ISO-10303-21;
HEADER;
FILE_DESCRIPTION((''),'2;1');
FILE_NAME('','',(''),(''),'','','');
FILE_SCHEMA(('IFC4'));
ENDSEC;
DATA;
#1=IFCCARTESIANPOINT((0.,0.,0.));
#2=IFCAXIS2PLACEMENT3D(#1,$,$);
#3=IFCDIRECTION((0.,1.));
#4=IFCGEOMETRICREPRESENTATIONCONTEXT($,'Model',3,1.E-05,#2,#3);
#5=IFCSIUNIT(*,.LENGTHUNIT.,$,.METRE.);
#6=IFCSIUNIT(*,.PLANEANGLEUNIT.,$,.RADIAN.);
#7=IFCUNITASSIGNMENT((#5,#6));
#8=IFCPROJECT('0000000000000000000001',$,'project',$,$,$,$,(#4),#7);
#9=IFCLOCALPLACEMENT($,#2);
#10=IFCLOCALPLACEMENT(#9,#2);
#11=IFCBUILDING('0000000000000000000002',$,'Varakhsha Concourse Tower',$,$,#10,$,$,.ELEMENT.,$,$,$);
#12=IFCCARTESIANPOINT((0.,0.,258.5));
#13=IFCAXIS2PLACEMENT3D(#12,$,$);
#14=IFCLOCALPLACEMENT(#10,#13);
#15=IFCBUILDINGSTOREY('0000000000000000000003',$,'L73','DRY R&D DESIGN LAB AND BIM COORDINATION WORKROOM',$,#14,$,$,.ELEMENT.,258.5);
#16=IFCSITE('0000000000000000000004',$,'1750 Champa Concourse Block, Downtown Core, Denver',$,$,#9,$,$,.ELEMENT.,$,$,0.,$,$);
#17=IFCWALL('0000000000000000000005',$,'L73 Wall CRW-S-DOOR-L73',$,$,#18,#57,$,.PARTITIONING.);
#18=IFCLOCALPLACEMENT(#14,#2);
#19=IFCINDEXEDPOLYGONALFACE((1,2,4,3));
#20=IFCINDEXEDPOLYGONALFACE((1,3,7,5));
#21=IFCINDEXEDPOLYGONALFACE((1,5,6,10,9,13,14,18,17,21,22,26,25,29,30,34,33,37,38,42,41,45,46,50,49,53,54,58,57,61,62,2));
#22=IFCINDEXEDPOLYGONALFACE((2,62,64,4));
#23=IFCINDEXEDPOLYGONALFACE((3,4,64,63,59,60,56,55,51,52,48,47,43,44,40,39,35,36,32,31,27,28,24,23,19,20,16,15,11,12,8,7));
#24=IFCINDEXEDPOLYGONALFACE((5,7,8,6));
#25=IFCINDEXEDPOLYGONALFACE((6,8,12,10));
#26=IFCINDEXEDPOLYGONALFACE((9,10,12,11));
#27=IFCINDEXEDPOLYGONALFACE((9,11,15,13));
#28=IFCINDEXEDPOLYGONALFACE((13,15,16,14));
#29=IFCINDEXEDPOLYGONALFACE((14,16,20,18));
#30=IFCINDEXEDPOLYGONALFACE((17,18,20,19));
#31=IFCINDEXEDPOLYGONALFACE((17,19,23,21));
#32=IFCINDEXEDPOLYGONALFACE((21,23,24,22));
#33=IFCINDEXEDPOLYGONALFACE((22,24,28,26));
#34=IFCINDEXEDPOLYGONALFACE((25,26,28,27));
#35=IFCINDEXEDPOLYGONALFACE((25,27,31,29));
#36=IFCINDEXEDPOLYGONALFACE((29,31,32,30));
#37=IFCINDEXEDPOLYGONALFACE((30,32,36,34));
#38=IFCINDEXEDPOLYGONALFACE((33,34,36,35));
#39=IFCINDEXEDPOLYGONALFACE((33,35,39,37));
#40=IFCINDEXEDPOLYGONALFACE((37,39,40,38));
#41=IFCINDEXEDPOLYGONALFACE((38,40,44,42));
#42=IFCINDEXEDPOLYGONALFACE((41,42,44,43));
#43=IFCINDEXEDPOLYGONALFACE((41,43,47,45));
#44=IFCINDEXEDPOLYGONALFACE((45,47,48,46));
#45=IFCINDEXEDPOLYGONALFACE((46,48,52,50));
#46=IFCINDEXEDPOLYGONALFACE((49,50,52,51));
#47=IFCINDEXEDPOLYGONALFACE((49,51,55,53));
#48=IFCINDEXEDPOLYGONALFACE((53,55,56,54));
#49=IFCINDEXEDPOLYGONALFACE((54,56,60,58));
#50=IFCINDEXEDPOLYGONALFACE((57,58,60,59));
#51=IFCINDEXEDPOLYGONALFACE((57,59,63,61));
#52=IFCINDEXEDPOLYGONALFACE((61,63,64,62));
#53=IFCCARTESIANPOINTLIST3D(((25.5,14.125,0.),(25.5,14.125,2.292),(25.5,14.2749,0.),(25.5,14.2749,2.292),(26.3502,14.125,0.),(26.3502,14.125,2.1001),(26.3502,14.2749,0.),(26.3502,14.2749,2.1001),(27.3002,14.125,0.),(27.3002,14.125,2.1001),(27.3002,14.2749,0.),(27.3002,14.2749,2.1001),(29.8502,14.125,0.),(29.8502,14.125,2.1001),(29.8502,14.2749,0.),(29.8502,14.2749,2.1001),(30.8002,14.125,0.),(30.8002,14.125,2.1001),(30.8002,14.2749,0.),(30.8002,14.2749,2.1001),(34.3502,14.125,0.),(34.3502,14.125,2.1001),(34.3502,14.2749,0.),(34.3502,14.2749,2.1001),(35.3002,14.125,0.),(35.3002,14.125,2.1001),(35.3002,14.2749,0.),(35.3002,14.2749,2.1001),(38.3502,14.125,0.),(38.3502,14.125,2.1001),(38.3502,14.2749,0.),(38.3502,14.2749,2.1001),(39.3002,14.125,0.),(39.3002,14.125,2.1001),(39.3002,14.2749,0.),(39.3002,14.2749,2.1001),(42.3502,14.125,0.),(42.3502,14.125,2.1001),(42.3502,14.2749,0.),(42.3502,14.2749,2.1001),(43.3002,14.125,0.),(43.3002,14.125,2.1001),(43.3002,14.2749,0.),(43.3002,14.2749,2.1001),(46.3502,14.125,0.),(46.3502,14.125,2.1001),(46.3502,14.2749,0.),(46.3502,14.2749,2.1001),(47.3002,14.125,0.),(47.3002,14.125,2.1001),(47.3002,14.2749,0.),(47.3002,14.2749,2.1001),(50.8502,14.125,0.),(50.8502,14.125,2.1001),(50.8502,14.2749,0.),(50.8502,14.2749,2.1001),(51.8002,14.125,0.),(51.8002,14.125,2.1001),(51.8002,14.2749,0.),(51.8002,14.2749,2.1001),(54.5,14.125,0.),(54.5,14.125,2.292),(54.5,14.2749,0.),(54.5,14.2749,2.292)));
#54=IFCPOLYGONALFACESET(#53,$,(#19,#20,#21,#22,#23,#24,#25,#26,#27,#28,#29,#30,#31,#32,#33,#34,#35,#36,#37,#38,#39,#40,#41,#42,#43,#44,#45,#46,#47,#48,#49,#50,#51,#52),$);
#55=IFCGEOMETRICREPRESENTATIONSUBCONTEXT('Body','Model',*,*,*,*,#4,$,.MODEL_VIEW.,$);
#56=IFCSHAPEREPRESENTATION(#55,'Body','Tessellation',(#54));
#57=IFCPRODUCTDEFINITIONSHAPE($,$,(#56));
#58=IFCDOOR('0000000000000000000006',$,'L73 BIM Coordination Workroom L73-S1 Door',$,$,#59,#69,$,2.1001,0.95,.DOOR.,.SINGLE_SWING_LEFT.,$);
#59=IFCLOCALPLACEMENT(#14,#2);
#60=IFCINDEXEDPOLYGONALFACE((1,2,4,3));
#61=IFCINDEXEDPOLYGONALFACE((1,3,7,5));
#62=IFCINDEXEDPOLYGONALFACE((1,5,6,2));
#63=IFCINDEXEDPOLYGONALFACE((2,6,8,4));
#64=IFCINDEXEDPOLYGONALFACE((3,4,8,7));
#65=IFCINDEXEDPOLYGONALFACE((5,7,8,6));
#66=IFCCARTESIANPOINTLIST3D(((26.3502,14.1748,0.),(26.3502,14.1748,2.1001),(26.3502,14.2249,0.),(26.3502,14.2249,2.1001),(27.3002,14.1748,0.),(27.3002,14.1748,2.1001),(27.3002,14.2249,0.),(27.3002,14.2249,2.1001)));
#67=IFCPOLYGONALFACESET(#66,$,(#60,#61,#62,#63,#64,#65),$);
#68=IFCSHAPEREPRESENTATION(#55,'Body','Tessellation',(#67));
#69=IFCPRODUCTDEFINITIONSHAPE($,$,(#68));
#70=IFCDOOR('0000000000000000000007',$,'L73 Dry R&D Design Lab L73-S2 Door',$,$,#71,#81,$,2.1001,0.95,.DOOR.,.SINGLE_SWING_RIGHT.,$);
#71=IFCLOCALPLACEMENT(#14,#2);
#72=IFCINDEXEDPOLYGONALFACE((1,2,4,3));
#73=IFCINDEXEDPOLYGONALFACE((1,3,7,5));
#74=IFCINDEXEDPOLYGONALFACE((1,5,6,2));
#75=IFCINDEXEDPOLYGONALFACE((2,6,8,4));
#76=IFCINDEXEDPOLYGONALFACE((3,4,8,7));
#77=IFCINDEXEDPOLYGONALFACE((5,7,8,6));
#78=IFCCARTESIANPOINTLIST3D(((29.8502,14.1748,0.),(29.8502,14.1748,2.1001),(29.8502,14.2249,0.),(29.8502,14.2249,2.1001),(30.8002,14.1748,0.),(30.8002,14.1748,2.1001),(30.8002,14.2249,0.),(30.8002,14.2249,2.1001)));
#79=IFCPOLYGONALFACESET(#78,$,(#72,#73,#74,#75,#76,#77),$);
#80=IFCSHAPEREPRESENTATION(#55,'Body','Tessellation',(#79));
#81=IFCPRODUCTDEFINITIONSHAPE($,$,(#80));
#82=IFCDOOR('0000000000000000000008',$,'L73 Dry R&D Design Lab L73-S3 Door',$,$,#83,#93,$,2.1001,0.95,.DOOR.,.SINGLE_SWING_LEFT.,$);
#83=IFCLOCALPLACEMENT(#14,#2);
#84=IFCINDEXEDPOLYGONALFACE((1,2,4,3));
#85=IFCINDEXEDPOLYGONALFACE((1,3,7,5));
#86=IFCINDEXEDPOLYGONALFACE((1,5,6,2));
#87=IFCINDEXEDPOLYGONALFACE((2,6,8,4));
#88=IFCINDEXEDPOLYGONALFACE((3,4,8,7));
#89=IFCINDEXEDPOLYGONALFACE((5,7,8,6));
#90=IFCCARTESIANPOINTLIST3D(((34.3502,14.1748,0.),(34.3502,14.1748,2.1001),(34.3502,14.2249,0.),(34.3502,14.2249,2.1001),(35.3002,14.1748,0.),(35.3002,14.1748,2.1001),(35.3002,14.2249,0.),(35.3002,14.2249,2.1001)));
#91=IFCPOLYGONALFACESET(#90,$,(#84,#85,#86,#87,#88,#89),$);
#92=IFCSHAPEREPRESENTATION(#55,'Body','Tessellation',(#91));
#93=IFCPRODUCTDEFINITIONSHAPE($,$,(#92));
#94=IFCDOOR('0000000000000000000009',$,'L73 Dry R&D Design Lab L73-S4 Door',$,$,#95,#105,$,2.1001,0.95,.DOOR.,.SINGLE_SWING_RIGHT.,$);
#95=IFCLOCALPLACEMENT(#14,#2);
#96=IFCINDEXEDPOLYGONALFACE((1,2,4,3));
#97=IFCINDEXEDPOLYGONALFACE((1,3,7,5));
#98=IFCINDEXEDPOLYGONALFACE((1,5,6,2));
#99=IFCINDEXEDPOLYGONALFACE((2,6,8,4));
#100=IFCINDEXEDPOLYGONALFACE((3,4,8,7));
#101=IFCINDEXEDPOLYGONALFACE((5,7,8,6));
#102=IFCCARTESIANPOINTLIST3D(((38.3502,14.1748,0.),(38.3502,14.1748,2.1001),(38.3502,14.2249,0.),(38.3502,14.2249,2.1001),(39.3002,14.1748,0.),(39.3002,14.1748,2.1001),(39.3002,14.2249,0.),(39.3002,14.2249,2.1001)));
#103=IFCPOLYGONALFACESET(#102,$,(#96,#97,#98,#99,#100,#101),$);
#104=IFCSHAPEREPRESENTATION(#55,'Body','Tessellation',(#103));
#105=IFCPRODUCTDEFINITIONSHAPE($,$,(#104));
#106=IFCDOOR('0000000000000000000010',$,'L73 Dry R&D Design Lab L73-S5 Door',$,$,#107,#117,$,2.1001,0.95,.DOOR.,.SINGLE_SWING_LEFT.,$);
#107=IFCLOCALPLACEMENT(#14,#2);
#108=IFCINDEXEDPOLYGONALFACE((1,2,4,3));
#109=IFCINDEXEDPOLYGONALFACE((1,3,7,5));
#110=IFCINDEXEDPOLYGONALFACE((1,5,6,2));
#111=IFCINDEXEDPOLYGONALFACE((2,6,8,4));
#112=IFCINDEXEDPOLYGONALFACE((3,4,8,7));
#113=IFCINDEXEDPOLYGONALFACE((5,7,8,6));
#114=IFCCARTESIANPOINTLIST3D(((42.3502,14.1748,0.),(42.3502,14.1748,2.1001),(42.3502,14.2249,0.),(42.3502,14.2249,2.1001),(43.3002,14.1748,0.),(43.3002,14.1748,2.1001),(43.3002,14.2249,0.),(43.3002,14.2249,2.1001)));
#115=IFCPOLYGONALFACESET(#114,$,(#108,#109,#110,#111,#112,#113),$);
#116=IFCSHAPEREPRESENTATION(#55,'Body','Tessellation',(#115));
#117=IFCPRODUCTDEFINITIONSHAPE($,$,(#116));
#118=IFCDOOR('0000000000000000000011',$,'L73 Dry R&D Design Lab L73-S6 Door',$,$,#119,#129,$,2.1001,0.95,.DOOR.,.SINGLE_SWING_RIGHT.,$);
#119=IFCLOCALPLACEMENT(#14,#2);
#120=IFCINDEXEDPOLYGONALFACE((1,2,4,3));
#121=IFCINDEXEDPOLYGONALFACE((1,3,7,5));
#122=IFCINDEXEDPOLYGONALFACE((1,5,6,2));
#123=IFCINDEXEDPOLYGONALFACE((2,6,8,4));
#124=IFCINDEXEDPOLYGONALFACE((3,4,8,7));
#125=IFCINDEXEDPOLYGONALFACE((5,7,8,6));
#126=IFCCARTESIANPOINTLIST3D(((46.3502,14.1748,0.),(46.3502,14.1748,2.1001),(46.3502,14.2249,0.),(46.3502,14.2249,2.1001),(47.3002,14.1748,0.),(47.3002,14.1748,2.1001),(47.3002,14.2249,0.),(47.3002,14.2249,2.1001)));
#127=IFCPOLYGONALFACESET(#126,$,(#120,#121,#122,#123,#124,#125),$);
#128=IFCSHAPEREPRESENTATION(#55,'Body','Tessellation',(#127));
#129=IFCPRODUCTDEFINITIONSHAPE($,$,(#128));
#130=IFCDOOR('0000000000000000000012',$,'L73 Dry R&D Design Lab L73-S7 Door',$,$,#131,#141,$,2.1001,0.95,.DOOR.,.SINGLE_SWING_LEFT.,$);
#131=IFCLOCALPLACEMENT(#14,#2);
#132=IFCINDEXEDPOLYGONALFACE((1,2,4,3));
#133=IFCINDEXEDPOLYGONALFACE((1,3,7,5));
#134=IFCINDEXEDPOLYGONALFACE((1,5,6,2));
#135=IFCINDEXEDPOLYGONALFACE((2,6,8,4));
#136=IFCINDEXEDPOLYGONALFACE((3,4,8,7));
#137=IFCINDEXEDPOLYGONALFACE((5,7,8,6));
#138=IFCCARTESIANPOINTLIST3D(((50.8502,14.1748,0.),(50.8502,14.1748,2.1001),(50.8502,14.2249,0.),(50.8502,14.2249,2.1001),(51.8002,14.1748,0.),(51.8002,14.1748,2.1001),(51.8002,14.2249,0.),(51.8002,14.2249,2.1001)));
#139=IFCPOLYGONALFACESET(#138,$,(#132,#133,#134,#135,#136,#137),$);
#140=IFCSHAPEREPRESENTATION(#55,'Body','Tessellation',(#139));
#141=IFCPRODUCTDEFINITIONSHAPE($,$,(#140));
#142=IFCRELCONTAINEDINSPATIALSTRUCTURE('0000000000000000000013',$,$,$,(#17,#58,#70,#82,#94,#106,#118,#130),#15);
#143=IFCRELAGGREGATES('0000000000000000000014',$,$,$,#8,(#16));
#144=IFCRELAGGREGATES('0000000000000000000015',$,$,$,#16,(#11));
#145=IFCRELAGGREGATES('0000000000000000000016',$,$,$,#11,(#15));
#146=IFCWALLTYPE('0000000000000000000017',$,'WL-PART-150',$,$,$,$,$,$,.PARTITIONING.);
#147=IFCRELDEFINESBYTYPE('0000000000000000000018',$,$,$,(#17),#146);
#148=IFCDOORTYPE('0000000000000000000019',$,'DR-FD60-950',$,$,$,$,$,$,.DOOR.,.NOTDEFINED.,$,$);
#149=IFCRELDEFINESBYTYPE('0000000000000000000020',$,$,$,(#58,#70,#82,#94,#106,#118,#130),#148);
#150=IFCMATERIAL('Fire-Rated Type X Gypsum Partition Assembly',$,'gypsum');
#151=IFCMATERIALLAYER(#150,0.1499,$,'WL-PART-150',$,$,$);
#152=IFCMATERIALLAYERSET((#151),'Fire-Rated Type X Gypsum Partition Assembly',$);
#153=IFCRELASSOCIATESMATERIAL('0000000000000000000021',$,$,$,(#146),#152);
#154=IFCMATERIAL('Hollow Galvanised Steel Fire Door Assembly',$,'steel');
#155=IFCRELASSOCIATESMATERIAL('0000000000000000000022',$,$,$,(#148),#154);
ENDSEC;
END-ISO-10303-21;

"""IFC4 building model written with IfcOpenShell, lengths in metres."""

from ifc_helpers import new_model, si_unit, direction, frame, frame_2d, origin, place, context, subcontext, project, spatial, rectangle, extrude, material, layer, layer_set, type_object, element, fill, save


model = new_model("IFC4")

# Units and contexts
model_context = context("Model", 3, precision=1e-05, world=origin(), true_north=direction((0.0, 1.0)))
body_context = subcontext(model_context, "Body", "Model", "MODEL_VIEW")
ifc_project = project(units=[si_unit("LENGTHUNIT", "METRE"), si_unit("PLANEANGLEUNIT", "RADIAN")], contexts=[model_context])

# Site, building, storey
site_placement = place(None, origin())
site = spatial("IfcSite", under=ifc_project, at=site_placement, Name="1750 Champa Concourse Block, Downtown Core, Denver", CompositionType="ELEMENT", RefElevation=0.0)
building_placement = place(site_placement, origin())
building = spatial("IfcBuilding", under=site, at=building_placement, Name="Varakhsha Concourse Tower", CompositionType="ELEMENT")
storey_placement = place(building_placement, frame((0.0, 0.0, 258.5)))
storey = spatial("IfcBuildingStorey", under=building, at=storey_placement, Name="L73", Description="DRY R&D DESIGN LAB AND BIM COORDINATION WORKROOM", CompositionType="ELEMENT", Elevation=258.5)

# Wall, openings, doors
ifc_material_1 = material(Name="Fire-Rated Type X Gypsum Partition Assembly", Category="gypsum")
ifc_layer = layer(ifc_material_1, 0.1499, Name="WL-PART-150")
ifc_layer_set = layer_set([ifc_layer], Name="Fire-Rated Type X Gypsum Partition Assembly")
wall_type = type_object("IfcWallType", Name="WL-PART-150", PredefinedType="PARTITIONING", material=ifc_layer_set)
wall_placement = place(storey_placement, frame((25.5, 14.2, 0.0), z_axis=(0.0, 0.0, 1.0), x_axis=(1.0, 0.0, 0.0)))
wall = element("IfcWall", 1, at=wall_placement, inside=storey, type_object=wall_type, Name="L73 Wall CRW-S-DOOR-L73", PredefinedType="PARTITIONING", context=body_context, shape_type="SweptSolid", body=[
    extrude(rectangle(XDim=29.0, YDim=0.1499, at=frame_2d((14.5, 0.0))), origin(), (0.0, 0.0, 1.0), 2.292),
])
opening_1_placement = place(wall_placement, frame((0.8501, 0.0, 0.0)))
opening_1 = element("IfcOpeningElement", 2, at=opening_1_placement, cuts=wall, PredefinedType="OPENING", context=body_context, shape_type="SweptSolid", body=[
    extrude(rectangle(XDim=0.95, YDim=2.1001, at=frame_2d((0.4751, 1.05))), frame((0.0, 0.085, 0.0), z_axis=(0.0, -1.0, 0.0), x_axis=(1.0, 0.0, 0.0)), (0.0, 0.0, 1.0), 0.1699),
])
opening_2_placement = place(wall_placement, frame((4.3501, 0.0, 0.0)))
opening_2 = element("IfcOpeningElement", 3, at=opening_2_placement, cuts=wall, PredefinedType="OPENING", context=body_context, shape_type="SweptSolid", body=[
    extrude(rectangle(XDim=0.95, YDim=2.1001, at=frame_2d((0.4751, 1.05))), frame((0.0, 0.085, 0.0), z_axis=(0.0, -1.0, 0.0), x_axis=(1.0, 0.0, 0.0)), (0.0, 0.0, 1.0), 0.1699),
])
opening_3_placement = place(wall_placement, frame((8.8501, 0.0, 0.0)))
opening_3 = element("IfcOpeningElement", 4, at=opening_3_placement, cuts=wall, PredefinedType="OPENING", context=body_context, shape_type="SweptSolid", body=[
    extrude(rectangle(XDim=0.95, YDim=2.1001, at=frame_2d((0.4751, 1.05))), frame((0.0, 0.085, 0.0), z_axis=(0.0, -1.0, 0.0), x_axis=(1.0, 0.0, 0.0)), (0.0, 0.0, 1.0), 0.1699),
])
opening_4_placement = place(wall_placement, frame((12.8501, 0.0, 0.0)))
opening_4 = element("IfcOpeningElement", 5, at=opening_4_placement, cuts=wall, PredefinedType="OPENING", context=body_context, shape_type="SweptSolid", body=[
    extrude(rectangle(XDim=0.95, YDim=2.1001, at=frame_2d((0.4751, 1.05))), frame((0.0, 0.085, 0.0), z_axis=(0.0, -1.0, 0.0), x_axis=(1.0, 0.0, 0.0)), (0.0, 0.0, 1.0), 0.1699),
])
opening_5_placement = place(wall_placement, frame((16.8501, 0.0, 0.0)))
opening_5 = element("IfcOpeningElement", 6, at=opening_5_placement, cuts=wall, PredefinedType="OPENING", context=body_context, shape_type="SweptSolid", body=[
    extrude(rectangle(XDim=0.95, YDim=2.1001, at=frame_2d((0.4751, 1.05))), frame((0.0, 0.085, 0.0), z_axis=(0.0, -1.0, 0.0), x_axis=(1.0, 0.0, 0.0)), (0.0, 0.0, 1.0), 0.1699),
])
opening_6_placement = place(wall_placement, frame((20.8501, 0.0, 0.0)))
opening_6 = element("IfcOpeningElement", 7, at=opening_6_placement, cuts=wall, PredefinedType="OPENING", context=body_context, shape_type="SweptSolid", body=[
    extrude(rectangle(XDim=0.95, YDim=2.1001, at=frame_2d((0.4751, 1.05))), frame((0.0, 0.085, 0.0), z_axis=(0.0, -1.0, 0.0), x_axis=(1.0, 0.0, 0.0)), (0.0, 0.0, 1.0), 0.1699),
])
opening_7_placement = place(wall_placement, frame((25.3501, 0.0, 0.0)))
opening_7 = element("IfcOpeningElement", 8, at=opening_7_placement, cuts=wall, PredefinedType="OPENING", context=body_context, shape_type="SweptSolid", body=[
    extrude(rectangle(XDim=0.95, YDim=2.1001, at=frame_2d((0.4751, 1.05))), frame((0.0, 0.085, 0.0), z_axis=(0.0, -1.0, 0.0), x_axis=(1.0, 0.0, 0.0)), (0.0, 0.0, 1.0), 0.1699),
])
ifc_material_2 = material(Name="Hollow Galvanised Steel Fire Door Assembly", Category="steel")
door_type = type_object("IfcDoorType", Name="DR-FD60-950", OperationType="NOTDEFINED", PredefinedType="DOOR", material=ifc_material_2)
door_1_placement = place(opening_1_placement, origin())
door_1 = element("IfcDoor", 9, at=door_1_placement, inside=storey, type_object=door_type, Name="L73 BIM Coordination Workroom L73-S1 Door", OperationType="SINGLE_SWING_LEFT", OverallHeight=2.1001, OverallWidth=0.95, PredefinedType="DOOR", context=body_context, shape_type="SweptSolid", body=[
    extrude(rectangle(XDim=0.95, YDim=2.1001, at=frame_2d((0.4751, 1.05))), frame((0.0, 0.0249, 0.0), z_axis=(0.0, -1.0, 0.0), x_axis=(1.0, 0.0, 0.0)), (0.0, 0.0, 1.0), 0.05),
])
fill(opening_1, door_1)
door_2_placement = place(opening_2_placement, origin())
door_2 = element("IfcDoor", 10, at=door_2_placement, inside=storey, type_object=door_type, Name="L73 Dry R&D Design Lab L73-S2 Door", OperationType="SINGLE_SWING_RIGHT", OverallHeight=2.1001, OverallWidth=0.95, PredefinedType="DOOR", context=body_context, shape_type="SweptSolid", body=[
    extrude(rectangle(XDim=0.95, YDim=2.1001, at=frame_2d((0.4751, 1.05))), frame((0.0, 0.0249, 0.0), z_axis=(0.0, -1.0, 0.0), x_axis=(1.0, 0.0, 0.0)), (0.0, 0.0, 1.0), 0.05),
])
fill(opening_2, door_2)
door_3_placement = place(opening_3_placement, origin())
door_3 = element("IfcDoor", 11, at=door_3_placement, inside=storey, type_object=door_type, Name="L73 Dry R&D Design Lab L73-S3 Door", OperationType="SINGLE_SWING_LEFT", OverallHeight=2.1001, OverallWidth=0.95, PredefinedType="DOOR", context=body_context, shape_type="SweptSolid", body=[
    extrude(rectangle(XDim=0.95, YDim=2.1001, at=frame_2d((0.4751, 1.05))), frame((0.0, 0.0249, 0.0), z_axis=(0.0, -1.0, 0.0), x_axis=(1.0, 0.0, 0.0)), (0.0, 0.0, 1.0), 0.05),
])
fill(opening_3, door_3)
door_4_placement = place(opening_4_placement, origin())
door_4 = element("IfcDoor", 12, at=door_4_placement, inside=storey, type_object=door_type, Name="L73 Dry R&D Design Lab L73-S4 Door", OperationType="SINGLE_SWING_RIGHT", OverallHeight=2.1001, OverallWidth=0.95, PredefinedType="DOOR", context=body_context, shape_type="SweptSolid", body=[
    extrude(rectangle(XDim=0.95, YDim=2.1001, at=frame_2d((0.4751, 1.05))), frame((0.0, 0.0249, 0.0), z_axis=(0.0, -1.0, 0.0), x_axis=(1.0, 0.0, 0.0)), (0.0, 0.0, 1.0), 0.05),
])
fill(opening_4, door_4)
door_5_placement = place(opening_5_placement, origin())
door_5 = element("IfcDoor", 13, at=door_5_placement, inside=storey, type_object=door_type, Name="L73 Dry R&D Design Lab L73-S5 Door", OperationType="SINGLE_SWING_LEFT", OverallHeight=2.1001, OverallWidth=0.95, PredefinedType="DOOR", context=body_context, shape_type="SweptSolid", body=[
    extrude(rectangle(XDim=0.95, YDim=2.1001, at=frame_2d((0.4751, 1.05))), frame((0.0, 0.0249, 0.0), z_axis=(0.0, -1.0, 0.0), x_axis=(1.0, 0.0, 0.0)), (0.0, 0.0, 1.0), 0.05),
])
fill(opening_5, door_5)
door_6_placement = place(opening_6_placement, origin())
door_6 = element("IfcDoor", 14, at=door_6_placement, inside=storey, type_object=door_type, Name="L73 Dry R&D Design Lab L73-S6 Door", OperationType="SINGLE_SWING_RIGHT", OverallHeight=2.1001, OverallWidth=0.95, PredefinedType="DOOR", context=body_context, shape_type="SweptSolid", body=[
    extrude(rectangle(XDim=0.95, YDim=2.1001, at=frame_2d((0.4751, 1.05))), frame((0.0, 0.0249, 0.0), z_axis=(0.0, -1.0, 0.0), x_axis=(1.0, 0.0, 0.0)), (0.0, 0.0, 1.0), 0.05),
])
fill(opening_6, door_6)
door_7_placement = place(opening_7_placement, origin())
door_7 = element("IfcDoor", 15, at=door_7_placement, inside=storey, type_object=door_type, Name="L73 Dry R&D Design Lab L73-S7 Door", OperationType="SINGLE_SWING_LEFT", OverallHeight=2.1001, OverallWidth=0.95, PredefinedType="DOOR", context=body_context, shape_type="SweptSolid", body=[
    extrude(rectangle(XDim=0.95, YDim=2.1001, at=frame_2d((0.4751, 1.05))), frame((0.0, 0.0249, 0.0), z_axis=(0.0, -1.0, 0.0), x_axis=(1.0, 0.0, 0.0)), (0.0, 0.0, 1.0), 0.05),
])
fill(opening_7, door_7)

save(model, "model.ifc")
